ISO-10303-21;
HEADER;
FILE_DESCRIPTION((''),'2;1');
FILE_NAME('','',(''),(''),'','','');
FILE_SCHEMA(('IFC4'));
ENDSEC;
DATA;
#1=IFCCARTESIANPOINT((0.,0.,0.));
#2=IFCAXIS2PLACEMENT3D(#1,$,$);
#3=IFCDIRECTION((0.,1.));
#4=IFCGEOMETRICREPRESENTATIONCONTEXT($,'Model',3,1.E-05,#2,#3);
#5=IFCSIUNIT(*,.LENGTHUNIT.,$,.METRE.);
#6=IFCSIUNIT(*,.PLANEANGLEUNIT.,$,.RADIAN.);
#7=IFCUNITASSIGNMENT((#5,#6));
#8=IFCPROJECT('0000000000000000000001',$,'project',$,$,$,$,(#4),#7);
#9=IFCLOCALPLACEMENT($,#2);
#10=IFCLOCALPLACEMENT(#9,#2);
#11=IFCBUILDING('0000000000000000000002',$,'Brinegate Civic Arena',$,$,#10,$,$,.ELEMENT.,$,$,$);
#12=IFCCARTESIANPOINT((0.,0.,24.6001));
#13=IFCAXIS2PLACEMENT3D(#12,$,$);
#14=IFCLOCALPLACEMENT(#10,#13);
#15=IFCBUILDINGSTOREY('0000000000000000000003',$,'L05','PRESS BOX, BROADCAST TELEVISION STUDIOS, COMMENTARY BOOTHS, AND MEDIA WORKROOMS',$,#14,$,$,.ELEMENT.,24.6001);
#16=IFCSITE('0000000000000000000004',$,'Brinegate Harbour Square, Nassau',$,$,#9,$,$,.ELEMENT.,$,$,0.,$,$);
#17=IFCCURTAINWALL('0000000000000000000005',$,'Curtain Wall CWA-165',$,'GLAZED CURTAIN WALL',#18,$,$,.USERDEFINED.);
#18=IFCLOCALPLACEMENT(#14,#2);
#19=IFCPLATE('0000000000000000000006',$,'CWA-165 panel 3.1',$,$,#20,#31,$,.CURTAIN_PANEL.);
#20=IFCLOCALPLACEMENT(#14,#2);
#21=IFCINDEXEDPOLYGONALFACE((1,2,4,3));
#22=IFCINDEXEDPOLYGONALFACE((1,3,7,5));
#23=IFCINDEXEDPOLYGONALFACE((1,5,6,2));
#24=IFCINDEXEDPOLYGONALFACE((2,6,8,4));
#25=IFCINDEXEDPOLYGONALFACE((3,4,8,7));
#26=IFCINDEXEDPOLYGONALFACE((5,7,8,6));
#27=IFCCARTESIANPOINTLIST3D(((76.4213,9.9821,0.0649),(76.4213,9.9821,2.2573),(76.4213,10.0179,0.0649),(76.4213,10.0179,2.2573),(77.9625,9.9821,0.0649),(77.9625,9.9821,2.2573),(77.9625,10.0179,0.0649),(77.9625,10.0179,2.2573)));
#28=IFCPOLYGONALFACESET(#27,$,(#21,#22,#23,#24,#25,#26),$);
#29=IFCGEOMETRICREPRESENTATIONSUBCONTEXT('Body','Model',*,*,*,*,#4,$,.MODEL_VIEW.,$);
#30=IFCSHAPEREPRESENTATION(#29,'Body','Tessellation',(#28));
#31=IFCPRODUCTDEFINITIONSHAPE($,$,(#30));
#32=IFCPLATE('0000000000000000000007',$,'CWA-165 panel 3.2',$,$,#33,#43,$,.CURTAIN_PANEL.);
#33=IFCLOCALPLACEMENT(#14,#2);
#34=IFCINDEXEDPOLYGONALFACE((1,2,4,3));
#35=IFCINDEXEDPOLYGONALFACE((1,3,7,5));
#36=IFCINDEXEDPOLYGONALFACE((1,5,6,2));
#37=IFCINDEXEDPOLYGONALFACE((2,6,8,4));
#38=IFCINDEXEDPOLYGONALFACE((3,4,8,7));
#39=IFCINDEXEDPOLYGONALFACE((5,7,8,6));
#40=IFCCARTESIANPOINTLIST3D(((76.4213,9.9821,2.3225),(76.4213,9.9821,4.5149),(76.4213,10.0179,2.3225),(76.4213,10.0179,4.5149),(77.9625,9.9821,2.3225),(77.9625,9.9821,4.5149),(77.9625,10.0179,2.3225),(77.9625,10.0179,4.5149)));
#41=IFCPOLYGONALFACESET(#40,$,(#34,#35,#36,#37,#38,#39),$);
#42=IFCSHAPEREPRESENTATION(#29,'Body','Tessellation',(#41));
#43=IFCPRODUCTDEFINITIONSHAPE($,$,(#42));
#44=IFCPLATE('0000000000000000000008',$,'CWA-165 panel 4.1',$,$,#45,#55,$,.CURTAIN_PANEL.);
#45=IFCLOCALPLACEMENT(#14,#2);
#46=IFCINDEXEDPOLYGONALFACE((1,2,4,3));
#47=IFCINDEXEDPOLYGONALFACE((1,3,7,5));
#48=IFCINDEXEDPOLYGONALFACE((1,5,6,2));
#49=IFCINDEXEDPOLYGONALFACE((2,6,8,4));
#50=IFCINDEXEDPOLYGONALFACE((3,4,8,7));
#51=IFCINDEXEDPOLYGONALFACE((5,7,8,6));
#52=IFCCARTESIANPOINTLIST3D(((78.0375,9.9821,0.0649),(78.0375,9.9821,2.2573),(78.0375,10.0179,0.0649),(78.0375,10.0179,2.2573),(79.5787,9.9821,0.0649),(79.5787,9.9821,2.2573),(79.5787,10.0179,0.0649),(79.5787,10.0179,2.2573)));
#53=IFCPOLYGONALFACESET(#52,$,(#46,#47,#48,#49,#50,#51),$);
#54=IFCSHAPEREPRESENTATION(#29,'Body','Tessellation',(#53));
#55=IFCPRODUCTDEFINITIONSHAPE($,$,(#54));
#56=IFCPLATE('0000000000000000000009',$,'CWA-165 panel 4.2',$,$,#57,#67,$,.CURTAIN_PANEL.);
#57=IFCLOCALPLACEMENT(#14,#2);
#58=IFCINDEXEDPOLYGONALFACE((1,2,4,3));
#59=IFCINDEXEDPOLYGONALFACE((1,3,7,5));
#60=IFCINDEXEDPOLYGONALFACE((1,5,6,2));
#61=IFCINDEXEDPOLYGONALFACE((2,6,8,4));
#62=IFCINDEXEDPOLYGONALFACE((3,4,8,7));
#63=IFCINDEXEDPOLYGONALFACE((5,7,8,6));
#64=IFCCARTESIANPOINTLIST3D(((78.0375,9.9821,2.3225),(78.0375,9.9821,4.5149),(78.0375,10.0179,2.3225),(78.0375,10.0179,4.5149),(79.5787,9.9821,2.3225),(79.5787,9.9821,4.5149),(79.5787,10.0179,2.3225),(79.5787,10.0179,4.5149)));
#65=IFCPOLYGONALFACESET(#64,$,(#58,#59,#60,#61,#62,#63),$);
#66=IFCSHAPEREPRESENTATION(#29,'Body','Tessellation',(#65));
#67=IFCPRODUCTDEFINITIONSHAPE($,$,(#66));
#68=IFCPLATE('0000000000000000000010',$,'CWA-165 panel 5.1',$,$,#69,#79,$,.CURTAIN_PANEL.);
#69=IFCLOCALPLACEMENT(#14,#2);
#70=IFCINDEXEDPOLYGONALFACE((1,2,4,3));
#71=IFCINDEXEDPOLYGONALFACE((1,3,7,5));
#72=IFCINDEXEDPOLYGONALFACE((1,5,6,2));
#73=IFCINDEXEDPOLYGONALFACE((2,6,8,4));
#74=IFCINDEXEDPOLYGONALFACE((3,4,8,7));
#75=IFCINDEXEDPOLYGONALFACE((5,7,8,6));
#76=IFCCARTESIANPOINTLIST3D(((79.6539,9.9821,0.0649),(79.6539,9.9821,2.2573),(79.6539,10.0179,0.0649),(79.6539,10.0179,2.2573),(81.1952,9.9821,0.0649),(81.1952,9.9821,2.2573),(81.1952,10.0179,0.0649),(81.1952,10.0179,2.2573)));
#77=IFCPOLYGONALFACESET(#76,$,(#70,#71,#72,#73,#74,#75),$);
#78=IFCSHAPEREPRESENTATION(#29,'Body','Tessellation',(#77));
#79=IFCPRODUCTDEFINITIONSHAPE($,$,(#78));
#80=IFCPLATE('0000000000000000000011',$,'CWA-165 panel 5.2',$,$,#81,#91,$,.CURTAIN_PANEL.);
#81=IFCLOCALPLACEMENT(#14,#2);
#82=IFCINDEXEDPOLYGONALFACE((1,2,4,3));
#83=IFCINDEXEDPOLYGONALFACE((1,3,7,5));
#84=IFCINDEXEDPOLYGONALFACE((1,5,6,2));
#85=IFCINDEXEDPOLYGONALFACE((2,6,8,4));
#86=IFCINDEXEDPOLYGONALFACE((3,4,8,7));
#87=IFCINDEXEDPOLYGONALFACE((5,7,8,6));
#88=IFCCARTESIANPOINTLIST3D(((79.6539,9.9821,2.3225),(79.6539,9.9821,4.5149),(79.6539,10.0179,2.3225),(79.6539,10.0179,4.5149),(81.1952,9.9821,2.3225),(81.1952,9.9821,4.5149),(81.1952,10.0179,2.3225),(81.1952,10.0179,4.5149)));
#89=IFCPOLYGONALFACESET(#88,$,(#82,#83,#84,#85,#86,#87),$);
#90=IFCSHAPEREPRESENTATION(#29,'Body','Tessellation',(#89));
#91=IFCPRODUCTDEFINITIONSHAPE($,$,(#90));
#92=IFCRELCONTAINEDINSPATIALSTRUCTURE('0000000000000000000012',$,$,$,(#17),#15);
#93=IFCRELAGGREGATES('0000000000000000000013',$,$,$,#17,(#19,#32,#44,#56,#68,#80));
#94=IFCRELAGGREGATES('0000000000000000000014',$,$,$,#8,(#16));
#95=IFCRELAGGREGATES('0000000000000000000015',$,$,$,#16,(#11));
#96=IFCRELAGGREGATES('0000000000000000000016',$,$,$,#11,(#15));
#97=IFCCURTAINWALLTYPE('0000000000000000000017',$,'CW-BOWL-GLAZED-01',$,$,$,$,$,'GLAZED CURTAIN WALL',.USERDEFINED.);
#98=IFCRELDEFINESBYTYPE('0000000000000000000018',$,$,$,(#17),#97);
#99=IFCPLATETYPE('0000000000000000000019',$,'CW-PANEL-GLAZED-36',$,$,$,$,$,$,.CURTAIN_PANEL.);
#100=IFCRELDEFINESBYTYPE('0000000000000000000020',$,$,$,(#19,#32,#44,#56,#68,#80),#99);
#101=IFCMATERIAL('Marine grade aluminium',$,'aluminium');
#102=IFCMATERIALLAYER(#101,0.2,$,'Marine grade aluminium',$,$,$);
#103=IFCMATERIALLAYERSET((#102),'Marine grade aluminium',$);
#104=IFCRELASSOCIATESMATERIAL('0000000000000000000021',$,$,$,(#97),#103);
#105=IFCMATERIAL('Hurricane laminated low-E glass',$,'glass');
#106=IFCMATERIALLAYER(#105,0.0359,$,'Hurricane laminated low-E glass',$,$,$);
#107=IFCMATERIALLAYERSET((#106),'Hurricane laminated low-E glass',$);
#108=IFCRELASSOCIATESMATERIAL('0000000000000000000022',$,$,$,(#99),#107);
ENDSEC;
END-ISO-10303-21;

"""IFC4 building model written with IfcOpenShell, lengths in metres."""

from ifc_helpers import new_model, si_unit, direction, frame, origin, origin_2d, place, context, subcontext, project, spatial, rectangle, extrude, material, layer, layer_set, type_object, element, aggregate, save


model = new_model("IFC4")

# Units and contexts
model_context = context("Model", 3, precision=1e-05, world=origin(), true_north=direction((0.0, 1.0)))
body_context = subcontext(model_context, "Body", "Model", "MODEL_VIEW")
ifc_project = project(units=[si_unit("LENGTHUNIT", "METRE"), si_unit("PLANEANGLEUNIT", "RADIAN")], contexts=[model_context])

# Site, building, storey
site_placement = place(None, origin())
site = spatial("IfcSite", under=ifc_project, at=site_placement, Name="Brinegate Harbour Square, Nassau", CompositionType="ELEMENT", RefElevation=0.0)
building_placement = place(site_placement, origin())
building = spatial("IfcBuilding", under=site, at=building_placement, Name="Brinegate Civic Arena", CompositionType="ELEMENT")
storey_placement = place(building_placement, frame((0.0, 0.0, 24.6001)))
storey = spatial("IfcBuildingStorey", under=building, at=storey_placement, Name="L05", Description="PRESS BOX, BROADCAST TELEVISION STUDIOS, COMMENTARY BOOTHS, AND MEDIA WORKROOMS", CompositionType="ELEMENT", Elevation=24.6001)

# Curtain wall, plates
ifc_material_1 = material(Name="Marine grade aluminium", Category="aluminium")
ifc_layer_1 = layer(ifc_material_1, 0.2, Name="Marine grade aluminium")
ifc_layer_set_1 = layer_set([ifc_layer_1], Name="Marine grade aluminium")
curtain_wall_type = type_object("IfcCurtainWallType", Name="CW-BOWL-GLAZED-01", ElementType="GLAZED CURTAIN WALL", PredefinedType="USERDEFINED", material=ifc_layer_set_1)
curtain_wall_placement = place(storey_placement, origin())
curtain_wall = element("IfcCurtainWall", 1, at=curtain_wall_placement, inside=storey, type_object=curtain_wall_type, Name="Curtain Wall CWA-165", ObjectType="GLAZED CURTAIN WALL", PredefinedType="USERDEFINED")
ifc_material_2 = material(Name="Hurricane laminated low-E glass", Category="glass")
ifc_layer_2 = layer(ifc_material_2, 0.0359, Name="Hurricane laminated low-E glass")
ifc_layer_set_2 = layer_set([ifc_layer_2], Name="Hurricane laminated low-E glass")
plate_type = type_object("IfcPlateType", Name="CW-PANEL-GLAZED-36", PredefinedType="CURTAIN_PANEL", material=ifc_layer_set_2)
plate_1_placement = place(storey_placement, frame((77.1919, 10.0, 0.0649), z_axis=(0.0, 0.0, 1.0), x_axis=(1.0, 0.0, 0.0)))
plate_1 = element("IfcPlate", 2, at=plate_1_placement, type_object=plate_type, Name="CWA-165 panel 3.1", PredefinedType="CURTAIN_PANEL", context=body_context, shape_type="SweptSolid", body=[
    extrude(rectangle(XDim=1.5413, YDim=0.0359, at=origin_2d()), origin(), (0.0, 0.0, 1.0), 2.1924),
])
plate_2_placement = place(storey_placement, frame((77.1919, 10.0, 2.3225), z_axis=(0.0, 0.0, 1.0), x_axis=(1.0, 0.0, 0.0)))
plate_2 = element("IfcPlate", 3, at=plate_2_placement, type_object=plate_type, Name="CWA-165 panel 3.2", PredefinedType="CURTAIN_PANEL", context=body_context, shape_type="SweptSolid", body=[
    extrude(rectangle(XDim=1.5413, YDim=0.0359, at=origin_2d()), origin(), (0.0, 0.0, 1.0), 2.1924),
])
plate_3_placement = place(storey_placement, frame((78.8081, 10.0, 0.0649), z_axis=(0.0, 0.0, 1.0), x_axis=(1.0, 0.0, 0.0)))
plate_3 = element("IfcPlate", 4, at=plate_3_placement, type_object=plate_type, Name="CWA-165 panel 4.1", PredefinedType="CURTAIN_PANEL", context=body_context, shape_type="SweptSolid", body=[
    extrude(rectangle(XDim=1.5413, YDim=0.0359, at=origin_2d()), origin(), (0.0, 0.0, 1.0), 2.1924),
])
plate_4_placement = place(storey_placement, frame((78.8081, 10.0, 2.3225), z_axis=(0.0, 0.0, 1.0), x_axis=(1.0, 0.0, 0.0)))
plate_4 = element("IfcPlate", 5, at=plate_4_placement, type_object=plate_type, Name="CWA-165 panel 4.2", PredefinedType="CURTAIN_PANEL", context=body_context, shape_type="SweptSolid", body=[
    extrude(rectangle(XDim=1.5413, YDim=0.0359, at=origin_2d()), origin(), (0.0, 0.0, 1.0), 2.1924),
])
plate_5_placement = place(storey_placement, frame((80.4246, 10.0, 0.0649), z_axis=(0.0, 0.0, 1.0), x_axis=(1.0, 0.0, 0.0)))
plate_5 = element("IfcPlate", 6, at=plate_5_placement, type_object=plate_type, Name="CWA-165 panel 5.1", PredefinedType="CURTAIN_PANEL", context=body_context, shape_type="SweptSolid", body=[
    extrude(rectangle(XDim=1.5413, YDim=0.0359, at=origin_2d()), origin(), (0.0, 0.0, 1.0), 2.1924),
])
plate_6_placement = place(storey_placement, frame((80.4246, 10.0, 2.3225), z_axis=(0.0, 0.0, 1.0), x_axis=(1.0, 0.0, 0.0)))
plate_6 = element("IfcPlate", 7, at=plate_6_placement, type_object=plate_type, Name="CWA-165 panel 5.2", PredefinedType="CURTAIN_PANEL", context=body_context, shape_type="SweptSolid", body=[
    extrude(rectangle(XDim=1.5413, YDim=0.0359, at=origin_2d()), origin(), (0.0, 0.0, 1.0), 2.1924),
])
aggregate(curtain_wall, [plate_1, plate_2, plate_3, plate_4, plate_5, plate_6])

save(model, "model.ifc")
